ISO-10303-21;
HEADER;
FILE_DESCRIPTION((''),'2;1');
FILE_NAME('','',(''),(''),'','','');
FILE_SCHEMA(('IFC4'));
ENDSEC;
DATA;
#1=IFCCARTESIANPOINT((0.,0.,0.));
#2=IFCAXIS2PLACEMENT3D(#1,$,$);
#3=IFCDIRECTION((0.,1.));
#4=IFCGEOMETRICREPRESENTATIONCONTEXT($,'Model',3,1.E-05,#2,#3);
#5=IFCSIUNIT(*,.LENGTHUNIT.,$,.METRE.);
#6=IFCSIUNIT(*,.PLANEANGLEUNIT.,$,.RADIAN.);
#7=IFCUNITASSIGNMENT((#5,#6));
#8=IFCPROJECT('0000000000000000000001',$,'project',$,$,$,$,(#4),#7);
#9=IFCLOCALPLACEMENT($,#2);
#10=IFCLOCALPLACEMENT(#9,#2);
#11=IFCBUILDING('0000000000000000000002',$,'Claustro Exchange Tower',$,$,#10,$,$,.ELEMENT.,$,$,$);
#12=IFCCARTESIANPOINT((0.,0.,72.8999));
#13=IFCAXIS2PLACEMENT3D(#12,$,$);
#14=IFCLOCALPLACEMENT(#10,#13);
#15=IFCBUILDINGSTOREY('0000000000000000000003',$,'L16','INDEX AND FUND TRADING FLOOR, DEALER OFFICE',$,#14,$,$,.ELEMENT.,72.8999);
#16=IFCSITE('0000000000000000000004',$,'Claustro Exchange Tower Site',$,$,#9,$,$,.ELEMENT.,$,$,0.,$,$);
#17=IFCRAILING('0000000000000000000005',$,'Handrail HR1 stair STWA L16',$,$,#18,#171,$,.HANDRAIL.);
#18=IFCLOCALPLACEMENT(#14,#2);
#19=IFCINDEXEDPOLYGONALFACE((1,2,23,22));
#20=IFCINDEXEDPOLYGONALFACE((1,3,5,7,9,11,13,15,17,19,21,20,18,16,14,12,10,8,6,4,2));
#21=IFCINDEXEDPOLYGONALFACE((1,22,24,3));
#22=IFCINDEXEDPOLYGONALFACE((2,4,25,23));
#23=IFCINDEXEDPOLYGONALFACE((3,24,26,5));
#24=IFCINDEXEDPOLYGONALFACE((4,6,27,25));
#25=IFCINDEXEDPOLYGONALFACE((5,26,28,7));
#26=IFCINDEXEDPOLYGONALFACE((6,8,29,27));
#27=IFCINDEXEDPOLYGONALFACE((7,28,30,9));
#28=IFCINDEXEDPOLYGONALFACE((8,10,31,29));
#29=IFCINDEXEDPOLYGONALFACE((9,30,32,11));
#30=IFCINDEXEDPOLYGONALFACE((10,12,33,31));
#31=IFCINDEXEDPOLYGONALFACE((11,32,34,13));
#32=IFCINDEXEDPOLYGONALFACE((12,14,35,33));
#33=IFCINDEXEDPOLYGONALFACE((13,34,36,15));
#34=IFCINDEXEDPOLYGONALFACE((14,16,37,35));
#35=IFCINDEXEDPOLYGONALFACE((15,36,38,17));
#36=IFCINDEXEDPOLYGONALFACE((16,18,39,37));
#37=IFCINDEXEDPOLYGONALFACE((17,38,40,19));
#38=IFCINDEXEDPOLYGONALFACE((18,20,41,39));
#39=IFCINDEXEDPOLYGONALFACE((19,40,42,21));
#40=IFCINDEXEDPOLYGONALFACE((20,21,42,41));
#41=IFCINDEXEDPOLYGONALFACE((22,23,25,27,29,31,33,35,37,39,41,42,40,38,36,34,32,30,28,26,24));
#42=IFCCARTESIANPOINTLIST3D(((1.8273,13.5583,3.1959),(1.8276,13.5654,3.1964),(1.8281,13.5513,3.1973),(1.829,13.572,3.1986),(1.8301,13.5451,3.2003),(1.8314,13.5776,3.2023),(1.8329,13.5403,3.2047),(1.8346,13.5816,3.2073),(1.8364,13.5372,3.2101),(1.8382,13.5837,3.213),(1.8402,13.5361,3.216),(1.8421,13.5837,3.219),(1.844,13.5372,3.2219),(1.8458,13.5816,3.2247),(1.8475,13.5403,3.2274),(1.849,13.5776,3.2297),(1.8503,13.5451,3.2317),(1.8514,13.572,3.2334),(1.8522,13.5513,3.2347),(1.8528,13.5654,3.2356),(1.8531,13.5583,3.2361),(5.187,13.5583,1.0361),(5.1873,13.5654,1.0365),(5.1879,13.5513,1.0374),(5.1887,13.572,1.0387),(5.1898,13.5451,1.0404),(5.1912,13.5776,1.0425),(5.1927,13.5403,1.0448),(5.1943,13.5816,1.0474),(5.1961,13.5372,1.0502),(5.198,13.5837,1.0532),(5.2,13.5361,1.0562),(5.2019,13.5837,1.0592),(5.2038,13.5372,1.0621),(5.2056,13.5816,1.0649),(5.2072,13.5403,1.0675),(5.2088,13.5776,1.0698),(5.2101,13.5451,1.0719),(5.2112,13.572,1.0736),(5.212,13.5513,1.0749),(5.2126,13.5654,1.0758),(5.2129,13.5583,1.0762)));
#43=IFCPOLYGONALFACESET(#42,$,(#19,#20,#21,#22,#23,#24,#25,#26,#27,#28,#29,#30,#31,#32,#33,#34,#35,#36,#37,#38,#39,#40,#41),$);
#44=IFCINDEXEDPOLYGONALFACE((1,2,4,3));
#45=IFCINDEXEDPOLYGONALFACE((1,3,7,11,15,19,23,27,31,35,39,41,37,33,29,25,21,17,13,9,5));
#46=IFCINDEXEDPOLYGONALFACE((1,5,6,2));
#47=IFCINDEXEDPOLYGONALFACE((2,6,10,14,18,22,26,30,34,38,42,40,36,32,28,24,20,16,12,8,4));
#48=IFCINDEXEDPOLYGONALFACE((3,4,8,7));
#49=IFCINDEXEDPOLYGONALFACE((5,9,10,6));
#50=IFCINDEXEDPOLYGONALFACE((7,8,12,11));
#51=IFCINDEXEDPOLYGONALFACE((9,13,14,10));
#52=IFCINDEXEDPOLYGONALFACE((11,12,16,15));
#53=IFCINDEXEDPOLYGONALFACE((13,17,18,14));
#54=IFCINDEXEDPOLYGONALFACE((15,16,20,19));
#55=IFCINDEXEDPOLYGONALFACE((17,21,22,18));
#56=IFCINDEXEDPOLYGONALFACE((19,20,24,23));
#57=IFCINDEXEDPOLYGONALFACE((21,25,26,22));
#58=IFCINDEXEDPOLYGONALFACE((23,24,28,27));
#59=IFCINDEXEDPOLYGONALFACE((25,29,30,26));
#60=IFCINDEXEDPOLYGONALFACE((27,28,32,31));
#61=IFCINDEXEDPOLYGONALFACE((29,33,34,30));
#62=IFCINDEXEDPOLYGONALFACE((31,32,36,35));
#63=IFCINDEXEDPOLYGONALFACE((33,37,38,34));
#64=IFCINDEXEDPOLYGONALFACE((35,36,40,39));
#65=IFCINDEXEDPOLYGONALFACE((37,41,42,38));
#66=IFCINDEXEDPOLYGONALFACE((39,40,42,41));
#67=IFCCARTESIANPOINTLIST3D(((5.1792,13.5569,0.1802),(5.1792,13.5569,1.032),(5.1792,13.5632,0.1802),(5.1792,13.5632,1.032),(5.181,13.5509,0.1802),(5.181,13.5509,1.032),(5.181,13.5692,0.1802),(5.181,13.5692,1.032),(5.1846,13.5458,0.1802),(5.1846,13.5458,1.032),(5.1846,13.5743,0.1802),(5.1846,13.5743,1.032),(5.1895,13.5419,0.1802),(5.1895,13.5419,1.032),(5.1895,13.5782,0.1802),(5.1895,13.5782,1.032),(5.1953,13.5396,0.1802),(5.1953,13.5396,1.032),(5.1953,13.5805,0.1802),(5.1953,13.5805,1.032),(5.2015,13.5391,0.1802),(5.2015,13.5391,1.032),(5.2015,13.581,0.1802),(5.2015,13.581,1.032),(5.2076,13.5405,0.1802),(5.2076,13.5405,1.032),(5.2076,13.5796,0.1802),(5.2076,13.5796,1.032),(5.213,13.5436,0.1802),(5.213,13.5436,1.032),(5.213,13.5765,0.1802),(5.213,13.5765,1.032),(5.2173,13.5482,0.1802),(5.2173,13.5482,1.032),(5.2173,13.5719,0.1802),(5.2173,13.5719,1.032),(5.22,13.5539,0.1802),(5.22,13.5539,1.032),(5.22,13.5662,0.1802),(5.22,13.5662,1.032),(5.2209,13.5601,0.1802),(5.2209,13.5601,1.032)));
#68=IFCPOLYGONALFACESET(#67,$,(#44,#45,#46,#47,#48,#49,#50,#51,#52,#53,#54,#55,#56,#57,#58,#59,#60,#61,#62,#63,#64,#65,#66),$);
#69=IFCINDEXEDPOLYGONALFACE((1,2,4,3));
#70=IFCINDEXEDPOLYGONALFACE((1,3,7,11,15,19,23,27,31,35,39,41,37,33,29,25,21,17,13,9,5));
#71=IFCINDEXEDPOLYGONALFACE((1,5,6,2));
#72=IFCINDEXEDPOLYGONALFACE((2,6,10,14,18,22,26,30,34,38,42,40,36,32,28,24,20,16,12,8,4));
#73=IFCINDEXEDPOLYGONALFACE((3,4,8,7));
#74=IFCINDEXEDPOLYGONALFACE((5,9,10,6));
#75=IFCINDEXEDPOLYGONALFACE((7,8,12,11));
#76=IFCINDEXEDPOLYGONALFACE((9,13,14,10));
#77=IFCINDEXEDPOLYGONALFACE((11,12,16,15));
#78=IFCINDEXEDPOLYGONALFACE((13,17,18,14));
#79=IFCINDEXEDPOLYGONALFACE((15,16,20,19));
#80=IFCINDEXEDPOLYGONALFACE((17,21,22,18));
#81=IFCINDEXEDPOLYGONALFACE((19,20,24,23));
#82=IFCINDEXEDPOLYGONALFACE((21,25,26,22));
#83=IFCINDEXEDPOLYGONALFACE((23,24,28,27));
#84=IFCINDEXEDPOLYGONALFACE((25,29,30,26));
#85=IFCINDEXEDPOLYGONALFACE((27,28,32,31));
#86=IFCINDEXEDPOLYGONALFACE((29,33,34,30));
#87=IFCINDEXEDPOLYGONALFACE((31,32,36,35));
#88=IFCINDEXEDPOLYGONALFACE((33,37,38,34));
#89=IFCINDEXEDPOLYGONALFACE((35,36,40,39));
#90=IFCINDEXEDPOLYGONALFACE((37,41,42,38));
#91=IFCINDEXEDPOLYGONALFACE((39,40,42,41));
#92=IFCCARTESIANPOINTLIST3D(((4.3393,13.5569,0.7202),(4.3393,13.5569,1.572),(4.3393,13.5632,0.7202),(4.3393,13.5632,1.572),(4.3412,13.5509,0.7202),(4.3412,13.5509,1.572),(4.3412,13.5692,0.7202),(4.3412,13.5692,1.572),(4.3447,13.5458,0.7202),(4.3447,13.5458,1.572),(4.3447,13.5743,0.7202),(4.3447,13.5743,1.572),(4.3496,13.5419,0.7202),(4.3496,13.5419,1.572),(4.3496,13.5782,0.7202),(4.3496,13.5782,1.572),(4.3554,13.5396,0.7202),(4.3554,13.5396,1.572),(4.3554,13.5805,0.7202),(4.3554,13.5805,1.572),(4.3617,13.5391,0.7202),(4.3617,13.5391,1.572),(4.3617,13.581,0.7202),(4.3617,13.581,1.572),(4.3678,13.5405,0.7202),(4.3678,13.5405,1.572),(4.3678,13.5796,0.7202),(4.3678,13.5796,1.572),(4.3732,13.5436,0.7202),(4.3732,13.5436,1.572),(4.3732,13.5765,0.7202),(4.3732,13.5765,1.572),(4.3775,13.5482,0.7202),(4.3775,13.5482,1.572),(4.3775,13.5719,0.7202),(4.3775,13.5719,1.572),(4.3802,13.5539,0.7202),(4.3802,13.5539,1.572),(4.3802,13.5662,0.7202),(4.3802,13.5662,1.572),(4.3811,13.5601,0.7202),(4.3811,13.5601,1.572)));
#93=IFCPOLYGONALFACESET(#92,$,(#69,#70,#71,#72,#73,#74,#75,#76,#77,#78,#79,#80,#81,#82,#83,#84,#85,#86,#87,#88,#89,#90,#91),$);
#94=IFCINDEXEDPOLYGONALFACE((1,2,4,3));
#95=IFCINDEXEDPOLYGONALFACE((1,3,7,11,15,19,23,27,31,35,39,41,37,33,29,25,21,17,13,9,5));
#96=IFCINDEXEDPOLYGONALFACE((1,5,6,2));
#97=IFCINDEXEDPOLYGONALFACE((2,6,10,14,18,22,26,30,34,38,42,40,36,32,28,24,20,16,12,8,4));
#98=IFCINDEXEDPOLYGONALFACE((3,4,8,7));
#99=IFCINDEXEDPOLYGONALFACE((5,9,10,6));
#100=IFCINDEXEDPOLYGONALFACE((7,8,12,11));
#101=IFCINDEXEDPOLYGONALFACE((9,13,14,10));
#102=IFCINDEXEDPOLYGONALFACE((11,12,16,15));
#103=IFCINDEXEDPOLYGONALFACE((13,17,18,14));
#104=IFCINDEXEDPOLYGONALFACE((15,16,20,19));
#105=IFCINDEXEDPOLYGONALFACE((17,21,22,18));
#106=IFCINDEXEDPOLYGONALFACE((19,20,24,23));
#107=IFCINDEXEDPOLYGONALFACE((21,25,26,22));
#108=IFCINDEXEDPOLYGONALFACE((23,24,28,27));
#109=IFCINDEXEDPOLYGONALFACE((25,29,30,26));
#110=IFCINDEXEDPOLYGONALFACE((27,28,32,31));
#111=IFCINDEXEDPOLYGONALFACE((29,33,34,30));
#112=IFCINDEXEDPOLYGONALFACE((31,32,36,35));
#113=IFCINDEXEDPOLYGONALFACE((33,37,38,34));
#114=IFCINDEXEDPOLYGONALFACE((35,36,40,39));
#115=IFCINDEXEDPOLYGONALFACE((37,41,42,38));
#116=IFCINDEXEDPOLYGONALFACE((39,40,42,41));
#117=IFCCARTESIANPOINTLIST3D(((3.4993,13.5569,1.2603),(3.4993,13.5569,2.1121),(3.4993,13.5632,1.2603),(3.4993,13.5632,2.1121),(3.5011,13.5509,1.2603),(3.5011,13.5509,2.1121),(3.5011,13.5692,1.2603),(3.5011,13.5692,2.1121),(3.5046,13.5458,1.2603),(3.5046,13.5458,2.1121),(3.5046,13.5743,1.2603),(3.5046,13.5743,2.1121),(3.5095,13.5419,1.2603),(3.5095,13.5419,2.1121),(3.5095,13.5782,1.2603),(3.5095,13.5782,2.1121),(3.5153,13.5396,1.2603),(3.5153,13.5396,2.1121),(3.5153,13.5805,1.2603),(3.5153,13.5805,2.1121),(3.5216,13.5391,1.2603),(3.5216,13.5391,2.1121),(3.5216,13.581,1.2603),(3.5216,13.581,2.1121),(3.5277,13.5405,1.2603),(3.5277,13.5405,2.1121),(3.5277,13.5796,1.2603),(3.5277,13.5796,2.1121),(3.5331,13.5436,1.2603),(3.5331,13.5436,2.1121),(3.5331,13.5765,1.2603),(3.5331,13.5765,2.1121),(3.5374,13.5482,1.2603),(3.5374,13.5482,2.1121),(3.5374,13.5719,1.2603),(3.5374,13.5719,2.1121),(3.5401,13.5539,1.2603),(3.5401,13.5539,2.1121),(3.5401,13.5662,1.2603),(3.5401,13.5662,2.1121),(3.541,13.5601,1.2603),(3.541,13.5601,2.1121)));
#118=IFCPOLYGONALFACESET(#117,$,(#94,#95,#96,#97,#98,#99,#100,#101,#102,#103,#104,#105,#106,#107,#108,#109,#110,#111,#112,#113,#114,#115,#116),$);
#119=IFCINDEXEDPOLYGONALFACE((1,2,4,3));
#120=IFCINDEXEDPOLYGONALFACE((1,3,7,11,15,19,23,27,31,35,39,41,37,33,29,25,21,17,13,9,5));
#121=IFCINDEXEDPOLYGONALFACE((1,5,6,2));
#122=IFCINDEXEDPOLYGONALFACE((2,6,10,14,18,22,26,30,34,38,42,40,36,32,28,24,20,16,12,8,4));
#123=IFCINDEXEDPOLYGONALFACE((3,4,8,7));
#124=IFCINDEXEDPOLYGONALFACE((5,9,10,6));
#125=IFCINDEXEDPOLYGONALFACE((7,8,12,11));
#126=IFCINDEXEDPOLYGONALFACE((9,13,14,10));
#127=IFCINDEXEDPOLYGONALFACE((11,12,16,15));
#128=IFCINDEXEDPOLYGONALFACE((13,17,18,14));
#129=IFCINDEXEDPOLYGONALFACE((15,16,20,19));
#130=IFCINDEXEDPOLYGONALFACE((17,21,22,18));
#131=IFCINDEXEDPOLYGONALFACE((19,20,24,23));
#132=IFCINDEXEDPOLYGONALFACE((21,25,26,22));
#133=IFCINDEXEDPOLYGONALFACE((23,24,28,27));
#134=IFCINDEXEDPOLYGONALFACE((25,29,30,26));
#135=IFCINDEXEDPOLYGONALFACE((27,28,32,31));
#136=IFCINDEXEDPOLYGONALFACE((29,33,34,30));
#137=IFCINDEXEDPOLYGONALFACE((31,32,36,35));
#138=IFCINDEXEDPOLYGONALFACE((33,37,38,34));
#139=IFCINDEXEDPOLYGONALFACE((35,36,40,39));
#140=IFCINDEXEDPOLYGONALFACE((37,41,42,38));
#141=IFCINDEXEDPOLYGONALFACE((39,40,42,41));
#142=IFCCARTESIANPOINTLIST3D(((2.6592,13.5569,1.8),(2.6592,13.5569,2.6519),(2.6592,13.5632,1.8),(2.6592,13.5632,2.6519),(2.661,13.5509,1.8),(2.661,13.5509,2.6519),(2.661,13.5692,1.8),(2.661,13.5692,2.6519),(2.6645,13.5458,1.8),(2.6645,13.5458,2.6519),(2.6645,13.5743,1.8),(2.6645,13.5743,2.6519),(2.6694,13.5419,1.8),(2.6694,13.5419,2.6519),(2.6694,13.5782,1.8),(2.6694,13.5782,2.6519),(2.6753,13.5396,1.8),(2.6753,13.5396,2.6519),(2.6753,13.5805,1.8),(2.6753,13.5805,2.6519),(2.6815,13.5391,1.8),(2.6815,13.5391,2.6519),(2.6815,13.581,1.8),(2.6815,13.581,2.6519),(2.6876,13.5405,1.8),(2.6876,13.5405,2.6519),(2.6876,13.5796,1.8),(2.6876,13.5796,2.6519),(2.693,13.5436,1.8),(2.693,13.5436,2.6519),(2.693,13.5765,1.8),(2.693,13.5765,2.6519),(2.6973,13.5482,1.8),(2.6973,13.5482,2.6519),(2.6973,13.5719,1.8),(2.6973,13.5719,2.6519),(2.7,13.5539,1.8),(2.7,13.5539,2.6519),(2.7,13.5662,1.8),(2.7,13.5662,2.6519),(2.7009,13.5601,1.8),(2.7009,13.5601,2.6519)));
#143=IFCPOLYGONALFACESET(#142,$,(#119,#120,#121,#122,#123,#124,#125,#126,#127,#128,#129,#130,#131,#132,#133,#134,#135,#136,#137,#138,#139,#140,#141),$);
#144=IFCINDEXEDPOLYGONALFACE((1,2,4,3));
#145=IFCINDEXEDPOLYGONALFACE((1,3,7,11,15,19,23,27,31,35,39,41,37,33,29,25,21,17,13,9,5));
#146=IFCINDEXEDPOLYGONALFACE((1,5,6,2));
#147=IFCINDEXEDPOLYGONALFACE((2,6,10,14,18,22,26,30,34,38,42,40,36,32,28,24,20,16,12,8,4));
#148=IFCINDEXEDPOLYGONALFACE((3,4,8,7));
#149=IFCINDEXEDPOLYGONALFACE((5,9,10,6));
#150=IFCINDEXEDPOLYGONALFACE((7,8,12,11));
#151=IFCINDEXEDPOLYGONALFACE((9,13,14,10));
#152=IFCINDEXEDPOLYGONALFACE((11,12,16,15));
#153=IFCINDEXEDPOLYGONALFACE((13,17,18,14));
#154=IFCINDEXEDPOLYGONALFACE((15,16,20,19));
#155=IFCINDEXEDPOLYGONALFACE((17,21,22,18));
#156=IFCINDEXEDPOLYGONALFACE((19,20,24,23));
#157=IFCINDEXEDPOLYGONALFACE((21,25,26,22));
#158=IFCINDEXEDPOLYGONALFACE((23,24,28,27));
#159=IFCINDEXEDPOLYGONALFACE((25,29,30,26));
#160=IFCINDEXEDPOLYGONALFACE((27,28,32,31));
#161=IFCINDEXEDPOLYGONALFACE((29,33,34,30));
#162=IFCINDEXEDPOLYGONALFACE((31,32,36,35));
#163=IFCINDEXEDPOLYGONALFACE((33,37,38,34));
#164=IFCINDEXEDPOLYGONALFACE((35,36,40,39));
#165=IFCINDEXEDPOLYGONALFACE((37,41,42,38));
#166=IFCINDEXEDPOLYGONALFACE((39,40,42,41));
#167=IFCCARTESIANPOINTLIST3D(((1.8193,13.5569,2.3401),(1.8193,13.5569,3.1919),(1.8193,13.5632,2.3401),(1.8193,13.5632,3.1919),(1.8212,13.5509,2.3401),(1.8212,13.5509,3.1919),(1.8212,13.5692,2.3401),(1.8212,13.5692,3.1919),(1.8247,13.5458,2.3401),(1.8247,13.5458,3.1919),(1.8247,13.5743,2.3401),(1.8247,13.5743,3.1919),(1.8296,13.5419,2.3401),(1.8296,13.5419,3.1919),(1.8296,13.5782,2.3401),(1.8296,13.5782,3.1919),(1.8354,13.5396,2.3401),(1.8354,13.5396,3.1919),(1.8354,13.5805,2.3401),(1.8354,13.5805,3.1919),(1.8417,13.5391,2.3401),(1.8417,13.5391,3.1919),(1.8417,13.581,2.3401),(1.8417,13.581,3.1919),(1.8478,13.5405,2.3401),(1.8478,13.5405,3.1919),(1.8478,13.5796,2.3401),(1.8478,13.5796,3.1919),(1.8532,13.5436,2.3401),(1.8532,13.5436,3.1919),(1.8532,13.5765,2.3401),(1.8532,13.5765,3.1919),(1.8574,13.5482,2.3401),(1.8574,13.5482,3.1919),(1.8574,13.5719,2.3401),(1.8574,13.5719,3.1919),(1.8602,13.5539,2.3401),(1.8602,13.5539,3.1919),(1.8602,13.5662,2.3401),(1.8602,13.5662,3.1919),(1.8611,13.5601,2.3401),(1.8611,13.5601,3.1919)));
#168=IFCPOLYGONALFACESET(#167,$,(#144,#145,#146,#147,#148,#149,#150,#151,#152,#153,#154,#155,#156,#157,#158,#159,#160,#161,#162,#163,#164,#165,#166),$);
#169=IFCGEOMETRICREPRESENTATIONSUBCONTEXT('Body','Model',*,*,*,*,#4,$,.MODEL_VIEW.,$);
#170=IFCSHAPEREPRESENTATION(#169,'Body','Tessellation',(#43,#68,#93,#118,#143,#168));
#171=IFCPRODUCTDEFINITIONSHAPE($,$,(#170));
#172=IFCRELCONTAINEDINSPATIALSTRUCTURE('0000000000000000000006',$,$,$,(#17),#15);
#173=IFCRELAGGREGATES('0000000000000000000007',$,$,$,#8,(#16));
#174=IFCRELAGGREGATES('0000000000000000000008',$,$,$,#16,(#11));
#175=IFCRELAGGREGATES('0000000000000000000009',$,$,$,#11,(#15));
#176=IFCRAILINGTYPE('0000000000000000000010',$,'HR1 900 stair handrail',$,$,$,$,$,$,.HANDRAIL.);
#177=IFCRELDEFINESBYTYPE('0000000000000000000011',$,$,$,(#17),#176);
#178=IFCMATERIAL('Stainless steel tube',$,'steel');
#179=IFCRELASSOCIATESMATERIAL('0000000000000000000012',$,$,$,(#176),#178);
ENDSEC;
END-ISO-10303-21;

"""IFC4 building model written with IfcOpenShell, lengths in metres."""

from ifc_helpers import new_model, si_unit, direction, frame, origin, origin_2d, place, context, subcontext, project, spatial, circle, extrude, material, type_object, element, save


model = new_model("IFC4")

# Units and contexts
model_context = context("Model", 3, precision=1e-05, world=origin(), true_north=direction((0.0, 1.0)))
body_context = subcontext(model_context, "Body", "Model", "MODEL_VIEW")
ifc_project = project(units=[si_unit("LENGTHUNIT", "METRE"), si_unit("PLANEANGLEUNIT", "RADIAN")], contexts=[model_context])

# Site, building, storey
site_placement = place(None, origin())
site = spatial("IfcSite", under=ifc_project, at=site_placement, Name="Claustro Exchange Tower Site", CompositionType="ELEMENT", RefElevation=0.0)
building_placement = place(site_placement, origin())
building = spatial("IfcBuilding", under=site, at=building_placement, Name="Claustro Exchange Tower", CompositionType="ELEMENT")
storey_placement = place(building_placement, frame((0.0, 0.0, 72.8999)))
storey = spatial("IfcBuildingStorey", under=building, at=storey_placement, Name="L16", Description="INDEX AND FUND TRADING FLOOR, DEALER OFFICE", CompositionType="ELEMENT", Elevation=72.8999)

# Railing
ifc_material_1 = material(Name="Stainless steel tube", Category="steel")
railing_type_1 = type_object("IfcRailingType", Name="HR1 900 stair handrail", PredefinedType="HANDRAIL", material=ifc_material_1)
railing_1_placement = place(storey_placement, frame((5.2, 13.5601, 0.1802)))
element("IfcRailing", 1, at=railing_1_placement, inside=storey, type_object=railing_type_1, Name="Handrail HR1 stair STWA L16", PredefinedType="HANDRAIL", context=body_context, shape_type="SweptSolid", body=[
    extrude(circle(Radius=0.0239, at=origin_2d()), frame((0.0, 0.0, 0.876), z_axis=(-0.841178, 0.0, 0.540758), x_axis=(0.0, -1.0, 0.0)), (0.0, 0.0, 1.0), 3.9941),
    extrude(circle(Radius=0.021, at=origin_2d()), origin(), (0.0, 0.0, 1.0), 0.8518),
    extrude(circle(Radius=0.021, at=origin_2d()), frame((-0.8398, 0.0, 0.54)), (0.0, 0.0, 1.0), 0.8518),
    extrude(circle(Radius=0.021, at=origin_2d()), frame((-1.6799, 0.0, 1.0801)), (0.0, 0.0, 1.0), 0.8518),
    extrude(circle(Radius=0.021, at=origin_2d()), frame((-2.52, 0.0, 1.6199)), (0.0, 0.0, 1.0), 0.8518),
    extrude(circle(Radius=0.021, at=origin_2d()), frame((-3.3599, 0.0, 2.1599)), (0.0, 0.0, 1.0), 0.8518),
])

save(model, "model.ifc")
